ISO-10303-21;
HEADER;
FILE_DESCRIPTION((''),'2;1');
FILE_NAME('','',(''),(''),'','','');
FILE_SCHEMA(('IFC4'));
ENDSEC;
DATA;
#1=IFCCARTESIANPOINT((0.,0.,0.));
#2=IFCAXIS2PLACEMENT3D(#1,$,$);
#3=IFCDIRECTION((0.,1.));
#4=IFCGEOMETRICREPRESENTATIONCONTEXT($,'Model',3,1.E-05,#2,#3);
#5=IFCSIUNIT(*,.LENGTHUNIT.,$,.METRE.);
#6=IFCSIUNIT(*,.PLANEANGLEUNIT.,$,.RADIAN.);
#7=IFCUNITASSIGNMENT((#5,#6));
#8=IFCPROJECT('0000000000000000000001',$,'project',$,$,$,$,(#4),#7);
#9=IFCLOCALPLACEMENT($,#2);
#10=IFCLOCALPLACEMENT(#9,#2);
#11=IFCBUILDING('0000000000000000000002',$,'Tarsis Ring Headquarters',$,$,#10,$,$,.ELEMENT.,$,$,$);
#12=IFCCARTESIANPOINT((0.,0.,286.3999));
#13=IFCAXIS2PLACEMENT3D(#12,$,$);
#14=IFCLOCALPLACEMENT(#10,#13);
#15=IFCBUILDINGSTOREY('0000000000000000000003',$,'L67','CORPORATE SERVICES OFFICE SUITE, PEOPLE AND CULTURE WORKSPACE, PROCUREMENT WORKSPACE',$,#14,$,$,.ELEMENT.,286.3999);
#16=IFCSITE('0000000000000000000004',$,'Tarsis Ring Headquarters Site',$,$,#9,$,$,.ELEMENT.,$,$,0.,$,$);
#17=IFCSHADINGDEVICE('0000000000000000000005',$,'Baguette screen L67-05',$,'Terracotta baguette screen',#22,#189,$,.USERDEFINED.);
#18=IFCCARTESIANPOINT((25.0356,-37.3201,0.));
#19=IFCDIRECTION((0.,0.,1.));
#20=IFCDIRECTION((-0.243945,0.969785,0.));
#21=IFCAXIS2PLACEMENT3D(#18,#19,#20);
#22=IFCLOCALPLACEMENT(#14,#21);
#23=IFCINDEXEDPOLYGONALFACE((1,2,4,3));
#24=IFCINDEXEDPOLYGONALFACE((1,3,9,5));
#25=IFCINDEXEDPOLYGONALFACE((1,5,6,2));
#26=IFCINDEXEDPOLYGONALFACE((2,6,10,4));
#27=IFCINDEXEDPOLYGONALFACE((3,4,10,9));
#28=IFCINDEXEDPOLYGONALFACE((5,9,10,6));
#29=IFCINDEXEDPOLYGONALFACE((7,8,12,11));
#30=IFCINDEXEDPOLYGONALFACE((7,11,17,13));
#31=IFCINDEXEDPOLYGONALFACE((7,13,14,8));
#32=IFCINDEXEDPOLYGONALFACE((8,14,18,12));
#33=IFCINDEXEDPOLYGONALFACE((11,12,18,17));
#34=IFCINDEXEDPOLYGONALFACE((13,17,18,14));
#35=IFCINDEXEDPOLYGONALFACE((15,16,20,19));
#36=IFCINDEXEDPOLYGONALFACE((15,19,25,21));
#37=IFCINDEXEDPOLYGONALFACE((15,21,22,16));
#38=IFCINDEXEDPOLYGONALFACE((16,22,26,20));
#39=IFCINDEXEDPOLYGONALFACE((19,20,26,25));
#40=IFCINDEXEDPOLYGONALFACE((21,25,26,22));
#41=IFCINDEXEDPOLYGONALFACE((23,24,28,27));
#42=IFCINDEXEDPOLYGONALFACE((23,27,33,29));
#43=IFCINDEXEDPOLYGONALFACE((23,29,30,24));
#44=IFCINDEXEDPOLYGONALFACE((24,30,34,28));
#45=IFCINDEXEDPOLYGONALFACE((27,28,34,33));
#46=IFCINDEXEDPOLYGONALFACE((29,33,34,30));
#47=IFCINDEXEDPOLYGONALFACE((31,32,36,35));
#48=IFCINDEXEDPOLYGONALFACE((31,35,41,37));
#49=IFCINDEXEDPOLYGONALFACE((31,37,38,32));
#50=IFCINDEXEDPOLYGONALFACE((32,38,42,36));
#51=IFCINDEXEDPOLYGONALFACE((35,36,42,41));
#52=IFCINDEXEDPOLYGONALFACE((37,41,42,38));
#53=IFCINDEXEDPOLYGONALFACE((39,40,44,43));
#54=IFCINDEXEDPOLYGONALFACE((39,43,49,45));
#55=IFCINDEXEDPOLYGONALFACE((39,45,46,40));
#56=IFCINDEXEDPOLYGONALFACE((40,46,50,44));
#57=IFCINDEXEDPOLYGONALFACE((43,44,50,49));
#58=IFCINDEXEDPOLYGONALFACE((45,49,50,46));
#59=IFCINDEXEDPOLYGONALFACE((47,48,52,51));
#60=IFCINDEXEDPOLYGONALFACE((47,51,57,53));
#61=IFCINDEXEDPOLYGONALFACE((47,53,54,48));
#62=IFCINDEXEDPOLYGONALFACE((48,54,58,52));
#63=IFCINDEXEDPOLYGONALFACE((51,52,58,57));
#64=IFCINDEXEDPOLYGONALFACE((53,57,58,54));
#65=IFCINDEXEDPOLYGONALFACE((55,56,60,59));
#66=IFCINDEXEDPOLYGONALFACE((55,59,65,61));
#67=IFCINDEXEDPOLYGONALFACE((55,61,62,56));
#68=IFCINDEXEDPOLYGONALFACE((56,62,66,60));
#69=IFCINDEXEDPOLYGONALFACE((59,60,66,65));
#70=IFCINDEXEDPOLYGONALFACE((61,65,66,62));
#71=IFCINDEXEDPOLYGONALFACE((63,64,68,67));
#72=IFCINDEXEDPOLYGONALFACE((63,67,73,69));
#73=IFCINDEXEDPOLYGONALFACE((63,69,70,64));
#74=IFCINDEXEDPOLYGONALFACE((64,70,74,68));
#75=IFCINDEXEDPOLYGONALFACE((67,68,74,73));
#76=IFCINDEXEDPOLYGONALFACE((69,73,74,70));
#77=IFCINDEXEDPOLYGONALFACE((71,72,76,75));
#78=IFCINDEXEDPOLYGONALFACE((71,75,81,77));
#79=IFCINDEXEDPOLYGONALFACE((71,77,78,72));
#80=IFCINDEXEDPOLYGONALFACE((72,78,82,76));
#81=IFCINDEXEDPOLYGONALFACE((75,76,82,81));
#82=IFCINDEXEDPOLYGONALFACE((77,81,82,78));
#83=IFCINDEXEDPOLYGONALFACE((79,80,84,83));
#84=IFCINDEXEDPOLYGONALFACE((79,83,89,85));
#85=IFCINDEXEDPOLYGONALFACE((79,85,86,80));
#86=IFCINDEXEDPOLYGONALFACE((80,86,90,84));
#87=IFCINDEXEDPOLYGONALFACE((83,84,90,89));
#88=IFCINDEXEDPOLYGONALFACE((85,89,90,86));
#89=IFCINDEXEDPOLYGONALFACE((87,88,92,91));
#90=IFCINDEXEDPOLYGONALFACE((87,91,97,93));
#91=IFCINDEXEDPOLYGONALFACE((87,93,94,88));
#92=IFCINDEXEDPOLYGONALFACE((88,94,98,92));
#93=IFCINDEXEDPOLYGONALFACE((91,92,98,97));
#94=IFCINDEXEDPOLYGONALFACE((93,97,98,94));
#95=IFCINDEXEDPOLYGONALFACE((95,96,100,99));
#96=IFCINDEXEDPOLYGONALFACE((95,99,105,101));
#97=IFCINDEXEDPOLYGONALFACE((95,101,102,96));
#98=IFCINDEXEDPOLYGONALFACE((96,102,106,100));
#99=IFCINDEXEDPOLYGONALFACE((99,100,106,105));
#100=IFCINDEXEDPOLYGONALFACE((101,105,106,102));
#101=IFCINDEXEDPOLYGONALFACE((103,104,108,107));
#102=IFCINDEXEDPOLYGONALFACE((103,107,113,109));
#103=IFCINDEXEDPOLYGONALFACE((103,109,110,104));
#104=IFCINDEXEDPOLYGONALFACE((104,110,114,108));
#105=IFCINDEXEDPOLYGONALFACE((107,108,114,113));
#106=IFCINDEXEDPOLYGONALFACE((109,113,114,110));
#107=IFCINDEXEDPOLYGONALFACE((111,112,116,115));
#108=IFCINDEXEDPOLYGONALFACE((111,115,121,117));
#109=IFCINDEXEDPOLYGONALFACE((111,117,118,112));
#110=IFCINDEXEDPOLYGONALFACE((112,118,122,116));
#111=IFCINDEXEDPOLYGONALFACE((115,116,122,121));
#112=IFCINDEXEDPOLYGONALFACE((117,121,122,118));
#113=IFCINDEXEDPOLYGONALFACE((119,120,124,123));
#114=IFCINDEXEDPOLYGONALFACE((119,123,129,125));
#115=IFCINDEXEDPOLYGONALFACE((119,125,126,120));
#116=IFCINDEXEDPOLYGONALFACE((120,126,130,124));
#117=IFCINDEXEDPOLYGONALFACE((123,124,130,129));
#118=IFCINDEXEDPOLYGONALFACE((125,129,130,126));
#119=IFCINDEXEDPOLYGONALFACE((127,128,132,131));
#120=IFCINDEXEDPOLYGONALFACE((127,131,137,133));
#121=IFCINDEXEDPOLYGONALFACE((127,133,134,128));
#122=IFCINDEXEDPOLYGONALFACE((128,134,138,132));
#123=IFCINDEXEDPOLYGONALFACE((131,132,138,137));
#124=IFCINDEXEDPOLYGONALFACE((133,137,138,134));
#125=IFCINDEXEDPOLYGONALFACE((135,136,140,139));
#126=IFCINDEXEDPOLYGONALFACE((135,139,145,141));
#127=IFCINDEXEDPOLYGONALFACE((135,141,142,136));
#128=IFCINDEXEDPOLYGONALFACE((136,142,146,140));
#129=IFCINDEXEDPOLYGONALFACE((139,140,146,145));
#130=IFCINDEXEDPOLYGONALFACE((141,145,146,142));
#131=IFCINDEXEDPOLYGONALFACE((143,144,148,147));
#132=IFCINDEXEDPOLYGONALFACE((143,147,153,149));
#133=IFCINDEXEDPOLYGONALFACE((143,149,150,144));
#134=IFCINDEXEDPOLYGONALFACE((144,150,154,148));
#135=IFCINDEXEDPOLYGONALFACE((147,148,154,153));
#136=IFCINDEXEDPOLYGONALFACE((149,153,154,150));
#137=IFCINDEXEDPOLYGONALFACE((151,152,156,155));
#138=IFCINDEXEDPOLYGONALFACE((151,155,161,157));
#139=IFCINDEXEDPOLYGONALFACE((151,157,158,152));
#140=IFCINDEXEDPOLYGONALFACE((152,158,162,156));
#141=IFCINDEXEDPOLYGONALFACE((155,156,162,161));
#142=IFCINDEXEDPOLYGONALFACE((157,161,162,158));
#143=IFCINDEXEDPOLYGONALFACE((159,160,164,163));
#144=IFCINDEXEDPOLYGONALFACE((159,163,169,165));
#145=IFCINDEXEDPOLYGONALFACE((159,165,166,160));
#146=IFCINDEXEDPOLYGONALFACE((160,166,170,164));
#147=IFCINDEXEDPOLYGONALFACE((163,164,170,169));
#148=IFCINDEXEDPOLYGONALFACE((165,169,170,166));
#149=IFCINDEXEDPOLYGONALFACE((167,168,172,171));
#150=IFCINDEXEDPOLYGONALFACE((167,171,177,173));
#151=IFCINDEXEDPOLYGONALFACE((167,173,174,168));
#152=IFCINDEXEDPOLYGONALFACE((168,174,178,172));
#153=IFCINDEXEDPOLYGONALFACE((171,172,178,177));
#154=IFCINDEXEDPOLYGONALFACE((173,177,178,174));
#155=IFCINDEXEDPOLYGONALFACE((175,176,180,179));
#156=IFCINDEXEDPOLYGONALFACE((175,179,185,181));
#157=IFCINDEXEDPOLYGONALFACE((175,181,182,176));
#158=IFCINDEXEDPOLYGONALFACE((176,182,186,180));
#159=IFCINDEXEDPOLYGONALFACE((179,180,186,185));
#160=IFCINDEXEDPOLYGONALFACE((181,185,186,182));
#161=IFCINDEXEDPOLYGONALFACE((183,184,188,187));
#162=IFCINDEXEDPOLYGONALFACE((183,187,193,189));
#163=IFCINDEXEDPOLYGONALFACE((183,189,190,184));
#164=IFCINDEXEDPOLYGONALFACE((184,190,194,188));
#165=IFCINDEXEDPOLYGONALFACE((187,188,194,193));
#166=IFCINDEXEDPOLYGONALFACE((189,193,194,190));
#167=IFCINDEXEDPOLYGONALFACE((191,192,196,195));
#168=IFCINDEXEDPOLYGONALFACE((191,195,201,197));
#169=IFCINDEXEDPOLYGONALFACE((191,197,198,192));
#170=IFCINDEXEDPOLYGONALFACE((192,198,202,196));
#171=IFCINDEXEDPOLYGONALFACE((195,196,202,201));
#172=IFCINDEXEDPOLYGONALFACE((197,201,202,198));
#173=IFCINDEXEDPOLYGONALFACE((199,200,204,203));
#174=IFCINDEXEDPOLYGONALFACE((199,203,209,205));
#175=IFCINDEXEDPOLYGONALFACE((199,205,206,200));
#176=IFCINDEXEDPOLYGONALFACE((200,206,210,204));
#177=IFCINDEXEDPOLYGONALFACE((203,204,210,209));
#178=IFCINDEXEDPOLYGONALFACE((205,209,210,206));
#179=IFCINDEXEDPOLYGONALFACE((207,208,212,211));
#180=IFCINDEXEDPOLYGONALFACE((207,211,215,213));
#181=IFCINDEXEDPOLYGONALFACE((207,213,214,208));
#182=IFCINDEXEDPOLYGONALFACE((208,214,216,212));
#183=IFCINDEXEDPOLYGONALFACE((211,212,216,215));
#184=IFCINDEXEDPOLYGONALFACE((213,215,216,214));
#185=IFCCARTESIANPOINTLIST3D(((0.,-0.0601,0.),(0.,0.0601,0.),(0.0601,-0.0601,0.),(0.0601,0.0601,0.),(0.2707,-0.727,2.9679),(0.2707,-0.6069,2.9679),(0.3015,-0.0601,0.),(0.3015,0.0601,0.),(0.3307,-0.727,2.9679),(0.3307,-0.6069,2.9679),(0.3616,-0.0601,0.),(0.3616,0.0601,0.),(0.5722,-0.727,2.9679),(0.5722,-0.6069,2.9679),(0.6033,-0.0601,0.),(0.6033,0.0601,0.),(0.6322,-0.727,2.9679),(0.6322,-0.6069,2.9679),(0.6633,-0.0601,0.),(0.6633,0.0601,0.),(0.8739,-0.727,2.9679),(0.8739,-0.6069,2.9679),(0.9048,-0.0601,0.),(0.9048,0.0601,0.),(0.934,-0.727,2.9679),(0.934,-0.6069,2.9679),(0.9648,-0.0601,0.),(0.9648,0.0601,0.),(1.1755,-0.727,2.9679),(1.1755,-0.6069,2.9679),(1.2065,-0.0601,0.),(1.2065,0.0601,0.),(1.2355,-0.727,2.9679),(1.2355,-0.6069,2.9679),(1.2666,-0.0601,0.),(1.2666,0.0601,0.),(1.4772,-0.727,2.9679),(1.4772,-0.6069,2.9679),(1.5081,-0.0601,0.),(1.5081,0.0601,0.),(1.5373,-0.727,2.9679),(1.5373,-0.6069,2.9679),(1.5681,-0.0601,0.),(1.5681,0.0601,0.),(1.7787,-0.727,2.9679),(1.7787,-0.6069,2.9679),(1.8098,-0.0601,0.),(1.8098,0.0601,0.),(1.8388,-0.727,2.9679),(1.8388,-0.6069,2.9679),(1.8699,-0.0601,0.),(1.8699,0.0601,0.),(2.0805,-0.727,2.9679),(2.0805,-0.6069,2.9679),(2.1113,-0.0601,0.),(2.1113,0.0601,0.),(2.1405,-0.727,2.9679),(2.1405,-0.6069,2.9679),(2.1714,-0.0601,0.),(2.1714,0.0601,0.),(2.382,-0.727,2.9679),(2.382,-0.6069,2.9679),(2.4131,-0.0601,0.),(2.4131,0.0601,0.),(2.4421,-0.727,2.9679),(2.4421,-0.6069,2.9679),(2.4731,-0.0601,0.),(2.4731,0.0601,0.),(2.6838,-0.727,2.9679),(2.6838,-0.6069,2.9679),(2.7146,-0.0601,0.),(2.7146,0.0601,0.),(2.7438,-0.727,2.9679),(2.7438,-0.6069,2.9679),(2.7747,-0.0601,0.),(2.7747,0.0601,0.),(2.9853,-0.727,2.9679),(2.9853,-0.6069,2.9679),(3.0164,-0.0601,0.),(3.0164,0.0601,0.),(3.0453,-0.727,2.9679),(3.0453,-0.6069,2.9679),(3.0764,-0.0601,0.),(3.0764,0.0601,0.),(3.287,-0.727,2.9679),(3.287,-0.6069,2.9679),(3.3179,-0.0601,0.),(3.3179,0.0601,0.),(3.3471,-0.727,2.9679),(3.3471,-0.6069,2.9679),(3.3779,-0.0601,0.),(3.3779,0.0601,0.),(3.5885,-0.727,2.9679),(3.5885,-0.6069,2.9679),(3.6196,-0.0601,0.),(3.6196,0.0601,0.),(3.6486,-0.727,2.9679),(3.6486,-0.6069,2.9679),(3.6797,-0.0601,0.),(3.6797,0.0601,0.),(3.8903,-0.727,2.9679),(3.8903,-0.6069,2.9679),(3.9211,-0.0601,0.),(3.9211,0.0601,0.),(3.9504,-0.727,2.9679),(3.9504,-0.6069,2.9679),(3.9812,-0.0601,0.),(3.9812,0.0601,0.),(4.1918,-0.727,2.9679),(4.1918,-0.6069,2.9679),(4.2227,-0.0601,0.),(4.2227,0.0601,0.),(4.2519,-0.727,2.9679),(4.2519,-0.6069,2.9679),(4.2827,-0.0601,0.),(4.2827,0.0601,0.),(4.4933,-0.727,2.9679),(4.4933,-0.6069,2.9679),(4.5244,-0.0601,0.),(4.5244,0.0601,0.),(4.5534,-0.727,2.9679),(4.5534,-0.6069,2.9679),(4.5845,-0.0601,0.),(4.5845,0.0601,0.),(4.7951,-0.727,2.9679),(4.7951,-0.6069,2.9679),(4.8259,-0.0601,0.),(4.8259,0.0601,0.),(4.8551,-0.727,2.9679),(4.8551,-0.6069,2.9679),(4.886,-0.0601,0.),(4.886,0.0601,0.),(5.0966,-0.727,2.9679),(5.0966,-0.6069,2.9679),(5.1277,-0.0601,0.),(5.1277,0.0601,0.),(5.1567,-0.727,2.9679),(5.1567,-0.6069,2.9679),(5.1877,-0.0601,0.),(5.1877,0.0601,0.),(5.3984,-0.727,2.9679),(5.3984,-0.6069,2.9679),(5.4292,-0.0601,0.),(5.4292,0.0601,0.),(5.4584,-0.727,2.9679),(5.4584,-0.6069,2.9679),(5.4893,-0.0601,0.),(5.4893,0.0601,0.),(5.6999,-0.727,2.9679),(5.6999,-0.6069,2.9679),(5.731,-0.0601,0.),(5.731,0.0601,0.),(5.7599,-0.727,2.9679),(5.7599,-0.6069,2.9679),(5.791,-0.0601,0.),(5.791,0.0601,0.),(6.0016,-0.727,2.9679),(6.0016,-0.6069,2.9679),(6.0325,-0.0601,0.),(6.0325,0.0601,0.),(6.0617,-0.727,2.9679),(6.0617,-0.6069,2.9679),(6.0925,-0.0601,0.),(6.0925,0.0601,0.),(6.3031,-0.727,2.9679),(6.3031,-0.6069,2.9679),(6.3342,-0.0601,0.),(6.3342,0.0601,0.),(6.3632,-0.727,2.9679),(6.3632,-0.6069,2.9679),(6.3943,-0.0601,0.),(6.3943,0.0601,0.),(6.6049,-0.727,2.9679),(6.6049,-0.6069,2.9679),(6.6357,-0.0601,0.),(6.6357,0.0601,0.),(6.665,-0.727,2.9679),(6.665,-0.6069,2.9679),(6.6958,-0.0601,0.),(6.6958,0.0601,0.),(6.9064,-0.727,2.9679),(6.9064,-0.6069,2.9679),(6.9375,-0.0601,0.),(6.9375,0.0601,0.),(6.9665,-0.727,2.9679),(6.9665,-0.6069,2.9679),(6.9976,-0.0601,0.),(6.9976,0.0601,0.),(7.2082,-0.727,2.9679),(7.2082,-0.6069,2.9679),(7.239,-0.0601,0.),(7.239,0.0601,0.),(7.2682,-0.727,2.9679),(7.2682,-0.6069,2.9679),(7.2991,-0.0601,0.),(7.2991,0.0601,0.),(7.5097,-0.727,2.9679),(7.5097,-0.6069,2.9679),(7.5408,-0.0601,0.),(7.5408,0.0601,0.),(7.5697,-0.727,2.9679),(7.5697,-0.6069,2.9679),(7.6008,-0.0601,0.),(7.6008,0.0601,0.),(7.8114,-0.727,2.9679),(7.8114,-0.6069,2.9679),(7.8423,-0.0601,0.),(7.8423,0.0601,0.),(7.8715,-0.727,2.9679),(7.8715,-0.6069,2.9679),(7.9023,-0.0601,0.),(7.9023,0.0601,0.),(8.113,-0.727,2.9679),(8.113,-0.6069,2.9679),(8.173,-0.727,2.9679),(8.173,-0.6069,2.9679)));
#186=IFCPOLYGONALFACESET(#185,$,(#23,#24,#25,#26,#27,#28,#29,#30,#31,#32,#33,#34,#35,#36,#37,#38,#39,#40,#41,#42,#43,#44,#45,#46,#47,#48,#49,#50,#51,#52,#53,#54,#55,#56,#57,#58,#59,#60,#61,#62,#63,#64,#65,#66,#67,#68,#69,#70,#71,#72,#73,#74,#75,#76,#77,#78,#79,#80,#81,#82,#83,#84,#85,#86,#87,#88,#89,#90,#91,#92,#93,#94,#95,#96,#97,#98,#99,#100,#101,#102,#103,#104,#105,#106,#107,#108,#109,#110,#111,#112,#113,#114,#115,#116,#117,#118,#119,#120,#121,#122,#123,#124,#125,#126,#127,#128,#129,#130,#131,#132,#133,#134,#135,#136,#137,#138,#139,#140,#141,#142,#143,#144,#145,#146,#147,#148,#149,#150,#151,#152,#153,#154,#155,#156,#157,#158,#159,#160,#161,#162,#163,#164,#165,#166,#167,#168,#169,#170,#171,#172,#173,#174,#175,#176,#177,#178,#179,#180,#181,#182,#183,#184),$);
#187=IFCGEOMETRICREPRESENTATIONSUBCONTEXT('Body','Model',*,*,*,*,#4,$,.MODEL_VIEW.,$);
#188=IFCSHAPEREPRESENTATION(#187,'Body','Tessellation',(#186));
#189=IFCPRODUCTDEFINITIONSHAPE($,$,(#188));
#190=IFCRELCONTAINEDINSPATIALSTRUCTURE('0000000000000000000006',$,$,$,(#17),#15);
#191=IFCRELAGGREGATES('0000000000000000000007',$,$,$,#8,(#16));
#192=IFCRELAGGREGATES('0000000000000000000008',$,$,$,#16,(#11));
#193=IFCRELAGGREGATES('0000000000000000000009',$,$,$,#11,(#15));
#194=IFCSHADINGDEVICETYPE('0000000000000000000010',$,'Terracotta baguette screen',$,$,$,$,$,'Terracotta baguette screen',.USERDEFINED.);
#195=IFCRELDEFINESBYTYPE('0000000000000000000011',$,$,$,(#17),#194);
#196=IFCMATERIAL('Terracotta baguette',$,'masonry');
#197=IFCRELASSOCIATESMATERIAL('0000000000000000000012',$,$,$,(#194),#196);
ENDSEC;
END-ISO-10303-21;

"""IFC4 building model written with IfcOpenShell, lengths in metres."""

from ifc_helpers import new_model, si_unit, direction, frame, frame_2d, origin, place, context, subcontext, project, spatial, rectangle, composite_profile, extrude, material, type_object, element, save


model = new_model("IFC4")

# Units and contexts
model_context = context("Model", 3, precision=1e-05, world=origin(), true_north=direction((0.0, 1.0)))
body_context = subcontext(model_context, "Body", "Model", "MODEL_VIEW")
ifc_project = project(units=[si_unit("LENGTHUNIT", "METRE"), si_unit("PLANEANGLEUNIT", "RADIAN")], contexts=[model_context])

# Site, building, storey
site_placement = place(None, origin())
site = spatial("IfcSite", under=ifc_project, at=site_placement, Name="Tarsis Ring Headquarters Site", CompositionType="ELEMENT", RefElevation=0.0)
building_placement = place(site_placement, origin())
building = spatial("IfcBuilding", under=site, at=building_placement, Name="Tarsis Ring Headquarters", CompositionType="ELEMENT")
storey_placement = place(building_placement, frame((0.0, 0.0, 286.3999)))
storey = spatial("IfcBuildingStorey", under=building, at=storey_placement, Name="L67", Description="CORPORATE SERVICES OFFICE SUITE, PEOPLE AND CULTURE WORKSPACE, PROCUREMENT WORKSPACE", CompositionType="ELEMENT", Elevation=286.3999)

# Shading device
ifc_material_1 = material(Name="Terracotta baguette", Category="masonry")
shading_device_type_1 = type_object("IfcShadingDeviceType", Name="Terracotta baguette screen", ElementType="Terracotta baguette screen", PredefinedType="USERDEFINED", material=ifc_material_1)
shading_device_placement = place(storey_placement, frame((25.0356, -37.3201, 0.0), z_axis=(0.0, 0.0, 1.0), x_axis=(-0.243945, 0.969785, 0.0)))
element("IfcShadingDevice", 1, at=shading_device_placement, inside=storey, type_object=shading_device_type_1, Name="Baguette screen L67-05", ObjectType="Terracotta baguette screen", PredefinedType="USERDEFINED", context=body_context, shape_type="SweptSolid", body=[
    extrude(composite_profile([rectangle(XDim=0.0601, YDim=0.1201, at=frame_2d((0.03, 0.0))), rectangle(XDim=0.0601, YDim=0.1201, at=frame_2d((0.3315, 0.0))), rectangle(XDim=0.0601, YDim=0.1201, at=frame_2d((0.6333, 0.0))), rectangle(XDim=0.0601, YDim=0.1201, at=frame_2d((0.9348, 0.0))), rectangle(XDim=0.0601, YDim=0.1201, at=frame_2d((1.2366, 0.0))), rectangle(XDim=0.0601, YDim=0.1201, at=frame_2d((1.5381, 0.0))), rectangle(XDim=0.0601, YDim=0.1201, at=frame_2d((1.8398, 0.0))), rectangle(XDim=0.0601, YDim=0.1201, at=frame_2d((2.1414, 0.0))), rectangle(XDim=0.0601, YDim=0.1201, at=frame_2d((2.4431, 0.0))), rectangle(XDim=0.0601, YDim=0.1201, at=frame_2d((2.7446, 0.0))), rectangle(XDim=0.0601, YDim=0.1201, at=frame_2d((3.0464, 0.0))), rectangle(XDim=0.0601, YDim=0.1201, at=frame_2d((3.3479, 0.0))), rectangle(XDim=0.0601, YDim=0.1201, at=frame_2d((3.6497, 0.0))), rectangle(XDim=0.0601, YDim=0.1201, at=frame_2d((3.9512, 0.0))), rectangle(XDim=0.0601, YDim=0.1201, at=frame_2d((4.2527, 0.0))), rectangle(XDim=0.0601, YDim=0.1201, at=frame_2d((4.5544, 0.0))), rectangle(XDim=0.0601, YDim=0.1201, at=frame_2d((4.856, 0.0))), rectangle(XDim=0.0601, YDim=0.1201, at=frame_2d((5.1577, 0.0))), rectangle(XDim=0.0601, YDim=0.1201, at=frame_2d((5.4592, 0.0))), rectangle(XDim=0.0601, YDim=0.1201, at=frame_2d((5.761, 0.0))), rectangle(XDim=0.0601, YDim=0.1201, at=frame_2d((6.0625, 0.0))), rectangle(XDim=0.0601, YDim=0.1201, at=frame_2d((6.3643, 0.0))), rectangle(XDim=0.0601, YDim=0.1201, at=frame_2d((6.6658, 0.0))), rectangle(XDim=0.0601, YDim=0.1201, at=frame_2d((6.9675, 0.0))), rectangle(XDim=0.0601, YDim=0.1201, at=frame_2d((7.269, 0.0))), rectangle(XDim=0.0601, YDim=0.1201, at=frame_2d((7.5708, 0.0))), rectangle(XDim=0.0601, YDim=0.1201, at=frame_2d((7.8723, 0.0)))]), origin(), (0.088631, -0.218387, 0.971829), 3.054),
])

save(model, "model.ifc")
